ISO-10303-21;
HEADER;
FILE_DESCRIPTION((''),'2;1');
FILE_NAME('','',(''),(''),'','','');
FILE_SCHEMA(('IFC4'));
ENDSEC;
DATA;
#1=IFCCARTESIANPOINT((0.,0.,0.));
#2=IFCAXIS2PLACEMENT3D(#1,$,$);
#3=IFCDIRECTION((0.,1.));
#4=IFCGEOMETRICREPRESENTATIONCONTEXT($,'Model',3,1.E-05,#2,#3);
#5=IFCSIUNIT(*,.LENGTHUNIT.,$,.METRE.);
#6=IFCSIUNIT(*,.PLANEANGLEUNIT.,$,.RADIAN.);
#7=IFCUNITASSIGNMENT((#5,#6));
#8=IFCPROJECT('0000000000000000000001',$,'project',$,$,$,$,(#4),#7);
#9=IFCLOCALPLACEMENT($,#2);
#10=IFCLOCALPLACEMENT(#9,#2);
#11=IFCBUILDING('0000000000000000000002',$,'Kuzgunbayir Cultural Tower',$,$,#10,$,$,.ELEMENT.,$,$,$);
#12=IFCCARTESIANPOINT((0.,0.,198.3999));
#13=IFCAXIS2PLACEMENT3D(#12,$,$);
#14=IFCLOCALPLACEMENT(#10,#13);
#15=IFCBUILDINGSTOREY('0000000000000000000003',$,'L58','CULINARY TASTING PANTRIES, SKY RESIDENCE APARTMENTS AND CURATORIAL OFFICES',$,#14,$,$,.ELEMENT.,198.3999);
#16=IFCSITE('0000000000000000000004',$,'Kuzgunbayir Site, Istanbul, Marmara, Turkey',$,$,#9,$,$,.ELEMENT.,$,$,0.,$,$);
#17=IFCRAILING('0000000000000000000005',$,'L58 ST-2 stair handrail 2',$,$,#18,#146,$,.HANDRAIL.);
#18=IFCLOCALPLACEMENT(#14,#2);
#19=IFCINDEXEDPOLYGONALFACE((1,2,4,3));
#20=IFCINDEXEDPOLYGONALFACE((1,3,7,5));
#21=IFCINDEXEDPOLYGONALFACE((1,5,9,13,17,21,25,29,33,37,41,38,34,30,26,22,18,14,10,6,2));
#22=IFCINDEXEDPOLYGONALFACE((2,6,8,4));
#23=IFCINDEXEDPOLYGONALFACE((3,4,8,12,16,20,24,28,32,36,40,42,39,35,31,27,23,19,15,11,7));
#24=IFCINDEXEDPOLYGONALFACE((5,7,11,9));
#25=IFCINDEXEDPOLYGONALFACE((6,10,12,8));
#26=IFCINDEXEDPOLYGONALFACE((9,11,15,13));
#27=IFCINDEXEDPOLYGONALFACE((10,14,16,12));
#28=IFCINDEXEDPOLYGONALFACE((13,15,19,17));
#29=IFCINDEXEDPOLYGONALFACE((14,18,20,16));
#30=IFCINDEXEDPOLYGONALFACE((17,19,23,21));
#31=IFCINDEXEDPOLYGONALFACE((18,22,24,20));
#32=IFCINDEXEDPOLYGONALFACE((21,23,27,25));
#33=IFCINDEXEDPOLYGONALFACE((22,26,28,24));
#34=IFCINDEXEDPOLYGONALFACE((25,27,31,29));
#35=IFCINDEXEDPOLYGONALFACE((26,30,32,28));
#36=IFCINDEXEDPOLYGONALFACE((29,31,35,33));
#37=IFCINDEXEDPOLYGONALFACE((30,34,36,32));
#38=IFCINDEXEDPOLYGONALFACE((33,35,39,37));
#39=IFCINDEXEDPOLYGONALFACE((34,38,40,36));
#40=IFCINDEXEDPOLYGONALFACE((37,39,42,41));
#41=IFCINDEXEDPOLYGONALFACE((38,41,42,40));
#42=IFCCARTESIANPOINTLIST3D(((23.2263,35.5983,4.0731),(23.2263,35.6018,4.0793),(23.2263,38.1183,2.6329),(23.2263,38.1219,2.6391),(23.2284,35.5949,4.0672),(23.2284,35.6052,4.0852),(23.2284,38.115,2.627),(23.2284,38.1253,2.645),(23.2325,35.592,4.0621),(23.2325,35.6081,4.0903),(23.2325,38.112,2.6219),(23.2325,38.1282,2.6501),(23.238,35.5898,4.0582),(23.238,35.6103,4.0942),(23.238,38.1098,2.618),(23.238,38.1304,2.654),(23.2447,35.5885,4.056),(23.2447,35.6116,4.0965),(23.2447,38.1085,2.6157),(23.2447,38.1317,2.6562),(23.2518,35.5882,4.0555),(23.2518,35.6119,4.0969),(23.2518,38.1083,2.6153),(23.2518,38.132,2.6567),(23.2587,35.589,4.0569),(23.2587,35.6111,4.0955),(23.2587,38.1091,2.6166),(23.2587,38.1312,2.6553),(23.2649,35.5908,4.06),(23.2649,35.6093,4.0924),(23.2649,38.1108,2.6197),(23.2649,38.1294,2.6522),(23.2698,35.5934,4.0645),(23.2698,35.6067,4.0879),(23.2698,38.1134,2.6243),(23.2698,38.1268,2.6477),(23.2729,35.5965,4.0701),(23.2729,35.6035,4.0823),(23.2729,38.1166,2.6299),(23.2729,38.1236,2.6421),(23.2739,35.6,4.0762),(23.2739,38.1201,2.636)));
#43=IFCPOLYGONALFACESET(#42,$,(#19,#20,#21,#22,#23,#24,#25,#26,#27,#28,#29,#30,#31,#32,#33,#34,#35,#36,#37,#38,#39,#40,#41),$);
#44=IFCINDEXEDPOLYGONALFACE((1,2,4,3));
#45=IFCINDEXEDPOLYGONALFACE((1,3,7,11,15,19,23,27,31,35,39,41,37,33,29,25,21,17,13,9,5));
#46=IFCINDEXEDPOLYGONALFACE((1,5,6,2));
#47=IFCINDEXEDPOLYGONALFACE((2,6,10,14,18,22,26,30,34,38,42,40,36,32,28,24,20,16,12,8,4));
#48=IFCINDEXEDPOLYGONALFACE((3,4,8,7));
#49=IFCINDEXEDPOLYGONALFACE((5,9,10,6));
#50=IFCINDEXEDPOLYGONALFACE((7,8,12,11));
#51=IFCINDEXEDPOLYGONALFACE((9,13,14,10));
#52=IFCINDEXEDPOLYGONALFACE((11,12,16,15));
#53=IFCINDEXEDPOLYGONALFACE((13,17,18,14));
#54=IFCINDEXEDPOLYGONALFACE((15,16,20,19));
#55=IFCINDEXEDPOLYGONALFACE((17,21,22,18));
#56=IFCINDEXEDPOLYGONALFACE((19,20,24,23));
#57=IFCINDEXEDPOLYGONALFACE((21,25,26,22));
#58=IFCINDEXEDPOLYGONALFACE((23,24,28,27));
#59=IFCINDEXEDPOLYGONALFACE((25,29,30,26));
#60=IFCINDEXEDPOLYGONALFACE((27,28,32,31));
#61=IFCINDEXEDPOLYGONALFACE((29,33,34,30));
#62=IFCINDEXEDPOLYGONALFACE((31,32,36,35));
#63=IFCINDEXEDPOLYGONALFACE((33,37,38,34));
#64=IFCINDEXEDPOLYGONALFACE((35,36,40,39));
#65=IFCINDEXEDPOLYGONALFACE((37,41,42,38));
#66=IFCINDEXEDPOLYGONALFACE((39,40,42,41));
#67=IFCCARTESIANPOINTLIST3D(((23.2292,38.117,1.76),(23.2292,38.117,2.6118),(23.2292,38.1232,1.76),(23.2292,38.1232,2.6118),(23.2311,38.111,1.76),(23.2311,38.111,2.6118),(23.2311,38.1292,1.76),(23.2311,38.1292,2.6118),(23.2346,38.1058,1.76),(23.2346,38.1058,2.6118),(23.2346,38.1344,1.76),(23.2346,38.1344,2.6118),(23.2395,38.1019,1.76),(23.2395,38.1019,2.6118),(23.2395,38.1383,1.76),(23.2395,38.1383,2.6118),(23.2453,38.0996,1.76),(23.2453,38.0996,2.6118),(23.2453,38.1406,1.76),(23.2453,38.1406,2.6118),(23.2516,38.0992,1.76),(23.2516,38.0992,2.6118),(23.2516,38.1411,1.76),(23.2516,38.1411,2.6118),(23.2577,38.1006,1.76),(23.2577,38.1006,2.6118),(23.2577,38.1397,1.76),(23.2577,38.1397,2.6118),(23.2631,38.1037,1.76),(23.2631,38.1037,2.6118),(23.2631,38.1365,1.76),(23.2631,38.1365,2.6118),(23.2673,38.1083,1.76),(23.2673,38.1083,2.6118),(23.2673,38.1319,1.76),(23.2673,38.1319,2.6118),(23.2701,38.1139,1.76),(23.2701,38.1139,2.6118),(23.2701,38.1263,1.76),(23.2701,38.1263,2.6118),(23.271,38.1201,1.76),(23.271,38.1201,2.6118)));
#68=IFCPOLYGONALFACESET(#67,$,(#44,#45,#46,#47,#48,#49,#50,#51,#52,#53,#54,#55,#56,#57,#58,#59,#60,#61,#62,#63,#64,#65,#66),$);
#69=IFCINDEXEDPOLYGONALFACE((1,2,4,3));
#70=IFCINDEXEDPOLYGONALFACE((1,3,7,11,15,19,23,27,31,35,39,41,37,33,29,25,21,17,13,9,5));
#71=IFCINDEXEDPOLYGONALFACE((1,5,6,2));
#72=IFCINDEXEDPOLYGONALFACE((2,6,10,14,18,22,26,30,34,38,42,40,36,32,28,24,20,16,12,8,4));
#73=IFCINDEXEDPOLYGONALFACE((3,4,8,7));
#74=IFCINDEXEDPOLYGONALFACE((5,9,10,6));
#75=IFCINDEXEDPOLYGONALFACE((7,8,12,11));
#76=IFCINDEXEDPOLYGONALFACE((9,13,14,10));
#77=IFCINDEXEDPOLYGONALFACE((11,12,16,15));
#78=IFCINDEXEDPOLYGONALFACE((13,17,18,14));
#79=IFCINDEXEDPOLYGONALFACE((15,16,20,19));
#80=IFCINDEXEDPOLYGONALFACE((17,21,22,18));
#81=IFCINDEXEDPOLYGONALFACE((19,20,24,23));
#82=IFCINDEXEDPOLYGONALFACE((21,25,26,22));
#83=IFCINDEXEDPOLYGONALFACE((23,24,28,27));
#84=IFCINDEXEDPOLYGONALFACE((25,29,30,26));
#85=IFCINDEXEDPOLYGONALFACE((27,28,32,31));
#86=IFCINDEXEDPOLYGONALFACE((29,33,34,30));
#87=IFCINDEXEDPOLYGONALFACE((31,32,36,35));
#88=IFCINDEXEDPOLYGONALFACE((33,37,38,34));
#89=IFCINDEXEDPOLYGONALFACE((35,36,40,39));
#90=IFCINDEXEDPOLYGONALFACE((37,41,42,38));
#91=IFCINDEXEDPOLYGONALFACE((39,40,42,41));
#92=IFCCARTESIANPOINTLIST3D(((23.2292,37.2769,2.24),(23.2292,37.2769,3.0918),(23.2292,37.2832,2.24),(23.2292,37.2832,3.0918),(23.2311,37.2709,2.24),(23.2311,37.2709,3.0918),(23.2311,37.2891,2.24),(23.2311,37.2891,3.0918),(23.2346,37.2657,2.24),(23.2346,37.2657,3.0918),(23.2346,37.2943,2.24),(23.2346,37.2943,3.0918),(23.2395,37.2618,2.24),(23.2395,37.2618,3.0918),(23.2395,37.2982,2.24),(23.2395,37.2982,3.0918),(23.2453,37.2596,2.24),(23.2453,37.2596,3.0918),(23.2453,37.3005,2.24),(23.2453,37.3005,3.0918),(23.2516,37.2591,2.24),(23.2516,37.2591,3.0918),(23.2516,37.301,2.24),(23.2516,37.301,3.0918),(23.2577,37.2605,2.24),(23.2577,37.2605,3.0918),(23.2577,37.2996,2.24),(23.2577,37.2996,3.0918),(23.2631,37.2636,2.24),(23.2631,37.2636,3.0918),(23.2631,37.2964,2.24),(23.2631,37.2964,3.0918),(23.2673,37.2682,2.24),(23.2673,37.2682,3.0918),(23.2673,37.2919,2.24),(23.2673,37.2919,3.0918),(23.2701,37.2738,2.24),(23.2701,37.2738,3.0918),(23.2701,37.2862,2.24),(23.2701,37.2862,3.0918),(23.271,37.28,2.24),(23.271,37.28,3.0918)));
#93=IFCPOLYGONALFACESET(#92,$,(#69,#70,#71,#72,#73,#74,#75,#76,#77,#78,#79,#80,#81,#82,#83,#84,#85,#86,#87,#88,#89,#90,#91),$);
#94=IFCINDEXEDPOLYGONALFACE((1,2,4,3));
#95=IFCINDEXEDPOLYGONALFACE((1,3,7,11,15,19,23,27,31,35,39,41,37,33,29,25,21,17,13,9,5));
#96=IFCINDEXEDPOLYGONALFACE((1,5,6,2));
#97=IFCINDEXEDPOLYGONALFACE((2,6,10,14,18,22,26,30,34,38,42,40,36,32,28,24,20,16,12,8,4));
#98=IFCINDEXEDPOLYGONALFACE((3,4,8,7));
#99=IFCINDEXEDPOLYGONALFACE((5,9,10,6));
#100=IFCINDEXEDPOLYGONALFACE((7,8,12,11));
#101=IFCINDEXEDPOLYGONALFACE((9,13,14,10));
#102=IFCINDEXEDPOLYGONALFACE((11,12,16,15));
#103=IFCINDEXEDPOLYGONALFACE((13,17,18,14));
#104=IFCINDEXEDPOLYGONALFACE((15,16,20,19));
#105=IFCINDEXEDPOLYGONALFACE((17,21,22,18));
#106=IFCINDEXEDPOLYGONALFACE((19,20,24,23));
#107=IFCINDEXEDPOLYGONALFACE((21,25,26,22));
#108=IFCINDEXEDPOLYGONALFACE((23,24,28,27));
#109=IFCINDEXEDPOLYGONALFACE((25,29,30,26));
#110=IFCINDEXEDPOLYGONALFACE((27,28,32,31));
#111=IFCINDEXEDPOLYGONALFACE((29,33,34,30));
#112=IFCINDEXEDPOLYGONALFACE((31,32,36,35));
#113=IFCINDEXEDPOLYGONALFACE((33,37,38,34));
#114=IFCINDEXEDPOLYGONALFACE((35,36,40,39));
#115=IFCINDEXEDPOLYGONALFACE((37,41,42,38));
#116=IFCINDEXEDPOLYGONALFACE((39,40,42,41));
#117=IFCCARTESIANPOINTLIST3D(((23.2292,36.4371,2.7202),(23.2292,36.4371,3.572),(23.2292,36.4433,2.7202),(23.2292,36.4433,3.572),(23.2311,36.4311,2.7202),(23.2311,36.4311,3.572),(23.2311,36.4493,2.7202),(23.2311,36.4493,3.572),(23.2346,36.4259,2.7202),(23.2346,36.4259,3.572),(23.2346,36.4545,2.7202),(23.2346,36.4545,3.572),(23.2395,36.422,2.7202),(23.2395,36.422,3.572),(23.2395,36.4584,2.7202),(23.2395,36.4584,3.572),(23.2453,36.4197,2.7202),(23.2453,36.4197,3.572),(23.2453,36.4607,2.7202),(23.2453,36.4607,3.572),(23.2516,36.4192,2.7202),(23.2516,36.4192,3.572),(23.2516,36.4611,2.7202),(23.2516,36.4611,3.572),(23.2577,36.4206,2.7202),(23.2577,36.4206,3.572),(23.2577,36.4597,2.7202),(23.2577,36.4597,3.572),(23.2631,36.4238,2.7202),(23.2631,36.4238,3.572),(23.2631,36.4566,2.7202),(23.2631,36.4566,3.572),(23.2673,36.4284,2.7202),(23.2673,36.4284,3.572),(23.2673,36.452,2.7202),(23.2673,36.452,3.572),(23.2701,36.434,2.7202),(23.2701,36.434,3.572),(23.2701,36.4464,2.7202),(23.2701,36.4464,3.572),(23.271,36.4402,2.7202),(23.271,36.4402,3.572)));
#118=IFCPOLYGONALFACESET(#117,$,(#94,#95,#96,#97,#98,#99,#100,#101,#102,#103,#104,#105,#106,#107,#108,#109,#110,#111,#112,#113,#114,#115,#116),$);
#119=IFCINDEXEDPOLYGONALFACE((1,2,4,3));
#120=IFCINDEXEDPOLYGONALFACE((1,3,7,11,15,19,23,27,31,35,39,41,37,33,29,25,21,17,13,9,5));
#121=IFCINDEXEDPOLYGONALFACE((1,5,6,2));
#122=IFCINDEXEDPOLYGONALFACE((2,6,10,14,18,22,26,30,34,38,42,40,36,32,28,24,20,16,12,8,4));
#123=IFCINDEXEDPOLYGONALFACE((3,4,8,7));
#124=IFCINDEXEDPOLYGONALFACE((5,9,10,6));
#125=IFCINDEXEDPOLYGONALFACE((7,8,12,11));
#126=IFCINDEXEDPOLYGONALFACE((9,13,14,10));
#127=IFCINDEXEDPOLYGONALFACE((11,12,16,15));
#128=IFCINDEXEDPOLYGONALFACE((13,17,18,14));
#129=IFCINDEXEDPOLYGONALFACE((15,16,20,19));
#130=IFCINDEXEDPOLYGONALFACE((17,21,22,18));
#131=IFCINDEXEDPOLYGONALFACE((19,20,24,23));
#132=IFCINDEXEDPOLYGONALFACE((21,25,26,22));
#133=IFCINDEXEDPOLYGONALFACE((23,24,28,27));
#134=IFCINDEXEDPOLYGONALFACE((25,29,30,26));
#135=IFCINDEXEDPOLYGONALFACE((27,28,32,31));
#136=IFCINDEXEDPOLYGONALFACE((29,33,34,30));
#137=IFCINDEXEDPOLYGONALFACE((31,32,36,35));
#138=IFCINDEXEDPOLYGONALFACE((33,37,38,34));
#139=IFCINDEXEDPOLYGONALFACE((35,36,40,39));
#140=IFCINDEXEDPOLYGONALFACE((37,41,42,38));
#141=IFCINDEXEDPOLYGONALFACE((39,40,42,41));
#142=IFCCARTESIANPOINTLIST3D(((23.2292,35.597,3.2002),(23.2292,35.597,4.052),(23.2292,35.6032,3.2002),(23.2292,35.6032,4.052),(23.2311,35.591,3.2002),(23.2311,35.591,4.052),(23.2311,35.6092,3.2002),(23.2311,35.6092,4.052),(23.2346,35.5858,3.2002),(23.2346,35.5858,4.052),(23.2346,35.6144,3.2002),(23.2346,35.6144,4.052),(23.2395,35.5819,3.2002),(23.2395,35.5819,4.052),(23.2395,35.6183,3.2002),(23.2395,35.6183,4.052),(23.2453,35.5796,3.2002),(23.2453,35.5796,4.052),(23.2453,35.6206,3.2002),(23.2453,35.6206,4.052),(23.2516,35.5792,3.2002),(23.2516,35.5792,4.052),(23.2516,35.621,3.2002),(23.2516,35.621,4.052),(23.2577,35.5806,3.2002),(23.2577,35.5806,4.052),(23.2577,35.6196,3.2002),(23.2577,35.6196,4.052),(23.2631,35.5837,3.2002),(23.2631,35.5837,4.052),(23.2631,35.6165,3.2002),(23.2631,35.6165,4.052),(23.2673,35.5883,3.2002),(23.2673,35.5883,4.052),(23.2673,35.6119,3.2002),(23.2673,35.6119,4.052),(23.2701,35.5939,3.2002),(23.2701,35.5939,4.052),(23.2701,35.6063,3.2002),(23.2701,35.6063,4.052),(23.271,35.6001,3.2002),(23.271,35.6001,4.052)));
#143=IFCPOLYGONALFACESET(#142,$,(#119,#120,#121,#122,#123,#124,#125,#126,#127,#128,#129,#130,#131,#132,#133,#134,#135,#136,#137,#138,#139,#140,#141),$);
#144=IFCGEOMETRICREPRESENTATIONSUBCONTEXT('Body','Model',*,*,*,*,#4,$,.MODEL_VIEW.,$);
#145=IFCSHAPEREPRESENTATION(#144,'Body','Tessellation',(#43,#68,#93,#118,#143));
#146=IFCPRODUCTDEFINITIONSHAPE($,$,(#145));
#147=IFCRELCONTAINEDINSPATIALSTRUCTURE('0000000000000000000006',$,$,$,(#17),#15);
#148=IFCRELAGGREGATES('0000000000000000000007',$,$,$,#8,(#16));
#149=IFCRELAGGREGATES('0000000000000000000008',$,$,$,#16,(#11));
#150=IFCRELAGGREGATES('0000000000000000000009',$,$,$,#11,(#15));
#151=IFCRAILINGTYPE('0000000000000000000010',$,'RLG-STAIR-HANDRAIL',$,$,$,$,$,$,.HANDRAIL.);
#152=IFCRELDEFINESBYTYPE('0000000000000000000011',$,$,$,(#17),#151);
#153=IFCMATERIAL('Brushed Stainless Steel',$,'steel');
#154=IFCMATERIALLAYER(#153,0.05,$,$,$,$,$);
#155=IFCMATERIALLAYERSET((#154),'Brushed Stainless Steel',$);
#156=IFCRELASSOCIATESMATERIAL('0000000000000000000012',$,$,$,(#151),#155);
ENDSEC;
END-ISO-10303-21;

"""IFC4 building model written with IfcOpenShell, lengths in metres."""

from ifc_helpers import new_model, si_unit, direction, frame, origin, origin_2d, place, context, subcontext, project, spatial, circle, extrude, material, layer, layer_set, type_object, element, save


model = new_model("IFC4")

# Units and contexts
model_context = context("Model", 3, precision=1e-05, world=origin(), true_north=direction((0.0, 1.0)))
body_context = subcontext(model_context, "Body", "Model", "MODEL_VIEW")
ifc_project = project(units=[si_unit("LENGTHUNIT", "METRE"), si_unit("PLANEANGLEUNIT", "RADIAN")], contexts=[model_context])

# Site, building, storey
site_placement = place(None, origin())
site = spatial("IfcSite", under=ifc_project, at=site_placement, Name="Kuzgunbayir Site, Istanbul, Marmara, Turkey", CompositionType="ELEMENT", RefElevation=0.0)
building_placement = place(site_placement, origin())
building = spatial("IfcBuilding", under=site, at=building_placement, Name="Kuzgunbayir Cultural Tower", CompositionType="ELEMENT")
storey_placement = place(building_placement, frame((0.0, 0.0, 198.3999)))
storey = spatial("IfcBuildingStorey", under=building, at=storey_placement, Name="L58", Description="CULINARY TASTING PANTRIES, SKY RESIDENCE APARTMENTS AND CURATORIAL OFFICES", CompositionType="ELEMENT", Elevation=198.3999)

# Shared definitions
ifc_material_1 = material(Name="Brushed Stainless Steel", Category="steel")

# Railing
ifc_layer_1 = layer(ifc_material_1, 0.05)
ifc_layer_set_1 = layer_set([ifc_layer_1], Name="Brushed Stainless Steel")
railing_type_1 = type_object("IfcRailingType", Name="RLG-STAIR-HANDRAIL", PredefinedType="HANDRAIL", material=ifc_layer_set_1)
railing_1_placement = place(storey_placement, frame((23.25, 38.1201, 1.76)))
element("IfcRailing", 1, at=railing_1_placement, inside=storey, type_object=railing_type_1, Name="L58 ST-2 stair handrail 2", PredefinedType="HANDRAIL", context=body_context, shape_type="SweptSolid", body=[
    extrude(circle(Radius=0.0239, at=origin_2d()), frame((0.0, 0.0, 0.876), z_axis=(0.0, -0.868217, 0.496184), x_axis=(1.0, 0.0, 0.0)), (0.0, 0.0, 1.0), 2.9026),
    extrude(circle(Radius=0.021, at=origin_2d()), origin(), (0.0, 0.0, 1.0), 0.8518),
    extrude(circle(Radius=0.021, at=origin_2d()), frame((0.0, -0.8401, 0.48)), (0.0, 0.0, 1.0), 0.8518),
    extrude(circle(Radius=0.021, at=origin_2d()), frame((0.0, -1.6799, 0.9602)), (0.0, 0.0, 1.0), 0.8518),
    extrude(circle(Radius=0.021, at=origin_2d()), frame((0.0, -2.52, 1.4402)), (0.0, 0.0, 1.0), 0.8518),
])

save(model, "model.ifc")
